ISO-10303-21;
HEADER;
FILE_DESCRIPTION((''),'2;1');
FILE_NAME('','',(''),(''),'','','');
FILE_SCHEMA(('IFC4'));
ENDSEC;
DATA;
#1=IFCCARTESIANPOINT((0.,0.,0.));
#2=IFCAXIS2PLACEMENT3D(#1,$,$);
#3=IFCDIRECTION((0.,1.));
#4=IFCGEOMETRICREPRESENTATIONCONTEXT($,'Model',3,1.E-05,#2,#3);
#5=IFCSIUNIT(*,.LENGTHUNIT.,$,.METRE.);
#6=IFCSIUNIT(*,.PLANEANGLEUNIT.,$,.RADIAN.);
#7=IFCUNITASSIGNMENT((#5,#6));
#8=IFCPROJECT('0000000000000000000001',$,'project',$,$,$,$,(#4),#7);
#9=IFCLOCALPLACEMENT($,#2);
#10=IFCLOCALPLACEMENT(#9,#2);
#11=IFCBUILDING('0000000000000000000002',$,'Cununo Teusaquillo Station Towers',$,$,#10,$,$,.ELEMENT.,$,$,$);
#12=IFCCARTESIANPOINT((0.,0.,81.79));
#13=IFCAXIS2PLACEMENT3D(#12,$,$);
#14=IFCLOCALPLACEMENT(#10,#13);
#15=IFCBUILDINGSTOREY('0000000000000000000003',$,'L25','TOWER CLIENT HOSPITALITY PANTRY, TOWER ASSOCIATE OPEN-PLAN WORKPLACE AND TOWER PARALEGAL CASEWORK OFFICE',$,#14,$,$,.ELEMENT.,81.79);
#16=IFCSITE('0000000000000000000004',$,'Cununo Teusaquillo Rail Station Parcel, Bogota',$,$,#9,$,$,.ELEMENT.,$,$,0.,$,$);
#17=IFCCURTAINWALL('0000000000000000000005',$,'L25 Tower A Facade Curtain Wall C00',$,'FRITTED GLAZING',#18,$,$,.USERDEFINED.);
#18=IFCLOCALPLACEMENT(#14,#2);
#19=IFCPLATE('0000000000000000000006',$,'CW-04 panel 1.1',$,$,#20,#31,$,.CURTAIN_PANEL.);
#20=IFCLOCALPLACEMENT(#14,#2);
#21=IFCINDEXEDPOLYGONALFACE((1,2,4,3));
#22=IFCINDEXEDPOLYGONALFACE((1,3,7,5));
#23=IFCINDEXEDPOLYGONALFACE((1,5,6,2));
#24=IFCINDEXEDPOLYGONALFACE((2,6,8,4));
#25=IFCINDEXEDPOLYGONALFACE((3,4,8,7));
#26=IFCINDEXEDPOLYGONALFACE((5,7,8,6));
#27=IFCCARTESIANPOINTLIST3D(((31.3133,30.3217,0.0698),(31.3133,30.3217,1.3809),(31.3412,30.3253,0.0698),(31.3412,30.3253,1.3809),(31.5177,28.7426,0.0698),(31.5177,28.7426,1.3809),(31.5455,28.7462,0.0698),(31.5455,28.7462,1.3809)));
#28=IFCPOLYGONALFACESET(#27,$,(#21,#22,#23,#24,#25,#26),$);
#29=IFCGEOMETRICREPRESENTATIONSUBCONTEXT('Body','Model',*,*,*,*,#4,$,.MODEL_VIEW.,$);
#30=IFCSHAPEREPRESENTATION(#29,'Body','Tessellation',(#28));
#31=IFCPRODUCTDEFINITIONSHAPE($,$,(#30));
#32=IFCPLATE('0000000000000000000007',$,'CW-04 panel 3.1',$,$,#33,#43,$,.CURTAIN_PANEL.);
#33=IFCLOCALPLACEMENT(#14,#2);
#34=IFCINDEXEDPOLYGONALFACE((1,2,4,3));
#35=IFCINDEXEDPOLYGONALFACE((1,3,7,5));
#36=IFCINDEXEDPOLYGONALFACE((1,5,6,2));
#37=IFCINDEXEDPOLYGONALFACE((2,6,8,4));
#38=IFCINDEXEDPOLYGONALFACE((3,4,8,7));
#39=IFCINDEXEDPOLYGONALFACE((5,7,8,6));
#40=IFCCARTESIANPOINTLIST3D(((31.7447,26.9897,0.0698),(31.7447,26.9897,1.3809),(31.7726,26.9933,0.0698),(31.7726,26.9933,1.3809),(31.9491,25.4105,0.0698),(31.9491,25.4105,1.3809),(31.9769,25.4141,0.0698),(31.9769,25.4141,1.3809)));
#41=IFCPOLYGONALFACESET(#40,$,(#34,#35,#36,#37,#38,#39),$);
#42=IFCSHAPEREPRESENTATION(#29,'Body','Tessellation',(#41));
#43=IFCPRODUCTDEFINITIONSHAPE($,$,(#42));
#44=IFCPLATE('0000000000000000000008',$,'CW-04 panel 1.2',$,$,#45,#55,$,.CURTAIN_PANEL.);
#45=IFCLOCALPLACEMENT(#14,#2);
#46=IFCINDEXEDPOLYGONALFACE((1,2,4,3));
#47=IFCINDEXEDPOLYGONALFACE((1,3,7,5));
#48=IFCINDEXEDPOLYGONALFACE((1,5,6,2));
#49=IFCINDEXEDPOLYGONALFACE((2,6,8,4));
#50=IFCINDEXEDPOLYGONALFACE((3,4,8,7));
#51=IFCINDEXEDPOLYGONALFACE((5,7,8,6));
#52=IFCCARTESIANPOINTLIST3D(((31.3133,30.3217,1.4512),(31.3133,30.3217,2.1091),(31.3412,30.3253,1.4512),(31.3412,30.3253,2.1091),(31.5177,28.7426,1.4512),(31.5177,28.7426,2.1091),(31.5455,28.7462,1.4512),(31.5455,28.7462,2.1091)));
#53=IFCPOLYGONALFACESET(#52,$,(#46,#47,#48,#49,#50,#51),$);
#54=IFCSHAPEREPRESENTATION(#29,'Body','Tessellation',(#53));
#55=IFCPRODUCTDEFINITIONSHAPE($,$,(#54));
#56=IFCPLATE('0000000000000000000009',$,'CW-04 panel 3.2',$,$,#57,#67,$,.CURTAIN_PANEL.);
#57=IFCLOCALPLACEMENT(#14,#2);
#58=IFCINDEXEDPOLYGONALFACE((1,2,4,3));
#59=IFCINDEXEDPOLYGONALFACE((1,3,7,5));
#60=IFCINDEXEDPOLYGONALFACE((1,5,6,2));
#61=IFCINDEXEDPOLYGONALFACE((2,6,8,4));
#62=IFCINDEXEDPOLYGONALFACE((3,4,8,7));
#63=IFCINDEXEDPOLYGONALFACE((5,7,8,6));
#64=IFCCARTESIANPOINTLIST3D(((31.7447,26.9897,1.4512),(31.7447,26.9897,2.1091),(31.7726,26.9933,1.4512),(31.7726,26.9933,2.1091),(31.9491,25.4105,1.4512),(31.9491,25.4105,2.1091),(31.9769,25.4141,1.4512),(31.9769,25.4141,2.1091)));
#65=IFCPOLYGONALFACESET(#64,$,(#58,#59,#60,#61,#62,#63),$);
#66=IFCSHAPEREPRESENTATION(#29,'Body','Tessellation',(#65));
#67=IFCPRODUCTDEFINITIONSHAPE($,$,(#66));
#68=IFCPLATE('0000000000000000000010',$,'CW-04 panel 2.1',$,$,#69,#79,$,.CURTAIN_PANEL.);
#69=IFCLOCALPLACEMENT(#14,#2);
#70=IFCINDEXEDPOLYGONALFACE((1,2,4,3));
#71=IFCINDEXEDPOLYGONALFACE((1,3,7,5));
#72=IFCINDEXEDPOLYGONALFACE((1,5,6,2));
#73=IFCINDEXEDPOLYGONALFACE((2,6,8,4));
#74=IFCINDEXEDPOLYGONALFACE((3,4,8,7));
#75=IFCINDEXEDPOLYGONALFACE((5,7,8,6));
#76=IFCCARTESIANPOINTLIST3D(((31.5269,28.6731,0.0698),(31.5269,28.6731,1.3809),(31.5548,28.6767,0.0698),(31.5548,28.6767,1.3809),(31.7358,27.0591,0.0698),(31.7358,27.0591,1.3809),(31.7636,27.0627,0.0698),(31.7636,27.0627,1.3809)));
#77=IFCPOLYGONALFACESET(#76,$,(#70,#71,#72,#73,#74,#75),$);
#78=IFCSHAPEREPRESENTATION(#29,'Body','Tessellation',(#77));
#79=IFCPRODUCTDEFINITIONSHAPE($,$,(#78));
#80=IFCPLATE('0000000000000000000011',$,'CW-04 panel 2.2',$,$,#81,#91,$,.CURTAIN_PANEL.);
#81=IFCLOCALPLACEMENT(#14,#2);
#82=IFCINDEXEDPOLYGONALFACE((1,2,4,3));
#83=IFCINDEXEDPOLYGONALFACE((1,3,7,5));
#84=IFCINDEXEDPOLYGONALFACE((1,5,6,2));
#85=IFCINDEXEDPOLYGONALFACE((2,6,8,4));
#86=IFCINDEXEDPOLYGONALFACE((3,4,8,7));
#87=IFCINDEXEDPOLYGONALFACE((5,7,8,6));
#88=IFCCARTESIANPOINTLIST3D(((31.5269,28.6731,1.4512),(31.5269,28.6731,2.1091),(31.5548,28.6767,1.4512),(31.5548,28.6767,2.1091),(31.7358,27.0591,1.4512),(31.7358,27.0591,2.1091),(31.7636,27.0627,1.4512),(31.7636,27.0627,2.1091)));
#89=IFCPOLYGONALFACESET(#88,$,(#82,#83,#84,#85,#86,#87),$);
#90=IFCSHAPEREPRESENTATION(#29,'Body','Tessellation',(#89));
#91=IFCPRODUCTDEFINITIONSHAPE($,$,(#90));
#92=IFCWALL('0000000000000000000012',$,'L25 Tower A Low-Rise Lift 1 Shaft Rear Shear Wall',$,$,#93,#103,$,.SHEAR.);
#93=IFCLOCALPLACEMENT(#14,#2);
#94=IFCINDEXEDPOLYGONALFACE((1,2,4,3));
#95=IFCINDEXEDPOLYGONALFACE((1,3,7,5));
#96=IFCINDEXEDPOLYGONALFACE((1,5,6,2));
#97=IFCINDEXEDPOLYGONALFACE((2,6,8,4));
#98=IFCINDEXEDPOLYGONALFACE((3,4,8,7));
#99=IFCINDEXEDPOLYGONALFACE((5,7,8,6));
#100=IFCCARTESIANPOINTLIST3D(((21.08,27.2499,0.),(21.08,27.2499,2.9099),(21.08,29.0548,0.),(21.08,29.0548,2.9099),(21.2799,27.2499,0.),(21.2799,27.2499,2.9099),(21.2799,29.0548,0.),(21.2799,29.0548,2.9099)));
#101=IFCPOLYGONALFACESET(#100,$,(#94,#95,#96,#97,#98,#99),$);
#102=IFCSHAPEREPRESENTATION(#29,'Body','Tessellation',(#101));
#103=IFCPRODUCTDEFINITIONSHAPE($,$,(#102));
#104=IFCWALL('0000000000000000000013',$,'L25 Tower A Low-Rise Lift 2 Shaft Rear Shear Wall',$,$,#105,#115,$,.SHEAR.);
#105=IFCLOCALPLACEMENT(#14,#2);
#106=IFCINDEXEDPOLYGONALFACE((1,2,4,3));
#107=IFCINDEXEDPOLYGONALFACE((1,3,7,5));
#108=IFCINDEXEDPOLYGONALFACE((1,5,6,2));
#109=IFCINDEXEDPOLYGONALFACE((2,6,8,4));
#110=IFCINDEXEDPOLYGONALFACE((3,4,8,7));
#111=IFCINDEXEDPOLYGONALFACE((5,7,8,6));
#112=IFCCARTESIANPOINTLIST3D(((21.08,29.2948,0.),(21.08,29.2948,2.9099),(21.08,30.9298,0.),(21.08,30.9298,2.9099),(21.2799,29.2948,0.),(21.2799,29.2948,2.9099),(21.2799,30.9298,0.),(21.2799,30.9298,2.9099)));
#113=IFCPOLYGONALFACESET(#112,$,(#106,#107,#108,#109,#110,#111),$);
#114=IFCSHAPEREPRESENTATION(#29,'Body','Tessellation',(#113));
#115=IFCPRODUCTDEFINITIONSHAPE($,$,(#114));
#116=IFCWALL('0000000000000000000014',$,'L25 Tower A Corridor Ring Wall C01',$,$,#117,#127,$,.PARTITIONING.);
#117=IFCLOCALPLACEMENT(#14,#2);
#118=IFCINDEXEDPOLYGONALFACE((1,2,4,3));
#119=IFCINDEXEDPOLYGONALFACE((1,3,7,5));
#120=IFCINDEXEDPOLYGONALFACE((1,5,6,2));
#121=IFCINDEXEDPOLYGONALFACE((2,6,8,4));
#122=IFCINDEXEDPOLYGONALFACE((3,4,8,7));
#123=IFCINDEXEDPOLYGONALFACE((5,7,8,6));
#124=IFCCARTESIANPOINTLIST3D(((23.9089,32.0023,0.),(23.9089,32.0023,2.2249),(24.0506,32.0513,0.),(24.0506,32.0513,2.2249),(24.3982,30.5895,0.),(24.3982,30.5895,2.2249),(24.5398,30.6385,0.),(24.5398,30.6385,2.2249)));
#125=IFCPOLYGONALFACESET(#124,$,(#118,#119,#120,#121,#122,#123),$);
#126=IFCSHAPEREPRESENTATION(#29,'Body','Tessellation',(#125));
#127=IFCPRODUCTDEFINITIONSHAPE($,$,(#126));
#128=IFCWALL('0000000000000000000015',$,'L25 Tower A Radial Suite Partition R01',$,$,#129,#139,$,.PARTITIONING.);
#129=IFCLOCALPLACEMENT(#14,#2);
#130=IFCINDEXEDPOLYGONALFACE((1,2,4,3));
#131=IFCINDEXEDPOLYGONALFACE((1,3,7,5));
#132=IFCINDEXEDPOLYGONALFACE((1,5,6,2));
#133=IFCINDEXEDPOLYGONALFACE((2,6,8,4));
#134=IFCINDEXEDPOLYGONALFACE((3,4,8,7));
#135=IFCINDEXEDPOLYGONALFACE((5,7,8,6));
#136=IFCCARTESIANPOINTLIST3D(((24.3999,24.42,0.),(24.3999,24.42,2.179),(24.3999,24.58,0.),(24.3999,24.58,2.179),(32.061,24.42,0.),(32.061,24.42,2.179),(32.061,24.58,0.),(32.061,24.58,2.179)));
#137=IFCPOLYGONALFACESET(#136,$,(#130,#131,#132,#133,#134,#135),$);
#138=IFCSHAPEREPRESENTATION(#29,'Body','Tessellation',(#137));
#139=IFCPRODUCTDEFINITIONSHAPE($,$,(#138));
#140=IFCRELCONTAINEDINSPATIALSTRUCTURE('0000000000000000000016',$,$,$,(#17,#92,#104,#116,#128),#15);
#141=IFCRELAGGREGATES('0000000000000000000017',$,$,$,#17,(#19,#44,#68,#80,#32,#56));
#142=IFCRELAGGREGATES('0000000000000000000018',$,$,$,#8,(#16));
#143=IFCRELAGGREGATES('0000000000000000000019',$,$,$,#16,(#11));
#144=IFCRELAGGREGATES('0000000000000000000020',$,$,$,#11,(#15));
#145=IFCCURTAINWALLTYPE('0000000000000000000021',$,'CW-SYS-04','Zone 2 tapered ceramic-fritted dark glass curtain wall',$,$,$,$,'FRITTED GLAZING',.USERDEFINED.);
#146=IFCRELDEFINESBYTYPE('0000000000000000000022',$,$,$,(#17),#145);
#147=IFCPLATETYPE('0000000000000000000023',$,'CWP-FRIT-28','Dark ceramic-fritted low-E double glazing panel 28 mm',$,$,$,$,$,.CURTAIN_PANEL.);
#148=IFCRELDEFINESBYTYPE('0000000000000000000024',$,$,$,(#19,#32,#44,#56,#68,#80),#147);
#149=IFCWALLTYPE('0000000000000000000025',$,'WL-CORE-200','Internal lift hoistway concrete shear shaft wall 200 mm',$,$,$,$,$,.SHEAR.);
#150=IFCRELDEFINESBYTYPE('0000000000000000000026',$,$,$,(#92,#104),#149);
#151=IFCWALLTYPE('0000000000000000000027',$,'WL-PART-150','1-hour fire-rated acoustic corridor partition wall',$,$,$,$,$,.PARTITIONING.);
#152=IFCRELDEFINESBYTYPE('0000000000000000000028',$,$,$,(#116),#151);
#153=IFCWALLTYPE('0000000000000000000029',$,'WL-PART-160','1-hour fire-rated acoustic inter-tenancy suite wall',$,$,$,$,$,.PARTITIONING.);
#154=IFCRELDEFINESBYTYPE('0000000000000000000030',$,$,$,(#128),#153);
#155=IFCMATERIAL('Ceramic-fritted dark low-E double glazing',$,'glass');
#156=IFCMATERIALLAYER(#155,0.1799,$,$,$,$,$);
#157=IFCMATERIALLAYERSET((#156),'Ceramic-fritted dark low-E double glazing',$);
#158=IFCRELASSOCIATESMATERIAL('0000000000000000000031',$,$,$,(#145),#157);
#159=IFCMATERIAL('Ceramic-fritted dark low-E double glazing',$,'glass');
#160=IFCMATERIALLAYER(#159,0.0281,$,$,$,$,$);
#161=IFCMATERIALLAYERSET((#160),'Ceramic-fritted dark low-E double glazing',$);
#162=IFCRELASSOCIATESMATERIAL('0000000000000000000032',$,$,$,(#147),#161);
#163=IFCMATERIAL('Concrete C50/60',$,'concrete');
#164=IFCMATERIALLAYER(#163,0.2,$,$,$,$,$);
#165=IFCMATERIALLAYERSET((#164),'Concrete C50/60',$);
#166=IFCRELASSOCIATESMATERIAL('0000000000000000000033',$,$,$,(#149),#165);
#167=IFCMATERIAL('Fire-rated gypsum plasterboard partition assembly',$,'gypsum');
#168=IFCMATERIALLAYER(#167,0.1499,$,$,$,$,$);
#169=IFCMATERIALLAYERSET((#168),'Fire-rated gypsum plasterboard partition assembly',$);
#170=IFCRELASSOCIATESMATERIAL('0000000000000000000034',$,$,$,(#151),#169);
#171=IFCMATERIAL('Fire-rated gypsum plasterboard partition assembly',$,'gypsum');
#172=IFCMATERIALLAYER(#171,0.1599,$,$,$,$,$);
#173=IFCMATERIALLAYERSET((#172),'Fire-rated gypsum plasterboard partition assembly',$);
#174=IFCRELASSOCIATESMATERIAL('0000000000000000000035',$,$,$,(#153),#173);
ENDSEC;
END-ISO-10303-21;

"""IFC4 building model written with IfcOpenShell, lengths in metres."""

from ifc_helpers import new_model, si_unit, direction, frame, frame_2d, origin, origin_2d, place, context, subcontext, project, spatial, rectangle, extrude, source, transform, mapped, material, layer, layer_set, type_object, element, aggregate, save


model = new_model("IFC4")

# Units and contexts
model_context = context("Model", 3, precision=1e-05, world=origin(), true_north=direction((0.0, 1.0)))
body_context = subcontext(model_context, "Body", "Model", "MODEL_VIEW")
ifc_project = project(units=[si_unit("LENGTHUNIT", "METRE"), si_unit("PLANEANGLEUNIT", "RADIAN")], contexts=[model_context])

# Site, building, storey
site_placement = place(None, origin())
site = spatial("IfcSite", under=ifc_project, at=site_placement, Name="Cununo Teusaquillo Rail Station Parcel, Bogota", CompositionType="ELEMENT", RefElevation=0.0)
building_placement = place(site_placement, origin())
building = spatial("IfcBuilding", under=site, at=building_placement, Name="Cununo Teusaquillo Station Towers", CompositionType="ELEMENT")
storey_placement = place(building_placement, frame((0.0, 0.0, 81.79)))
storey = spatial("IfcBuildingStorey", under=building, at=storey_placement, Name="L25", Description="TOWER CLIENT HOSPITALITY PANTRY, TOWER ASSOCIATE OPEN-PLAN WORKPLACE AND TOWER PARALEGAL CASEWORK OFFICE", CompositionType="ELEMENT", Elevation=81.79)

# Curtain wall, plates
ifc_material_1 = material(Name="Ceramic-fritted dark low-E double glazing", Category="glass")
ifc_layer_1 = layer(ifc_material_1, 0.1799)
ifc_layer_set_1 = layer_set([ifc_layer_1], Name="Ceramic-fritted dark low-E double glazing")
curtain_wall_type = type_object("IfcCurtainWallType", Name="CW-SYS-04", Description="Zone 2 tapered ceramic-fritted dark glass curtain wall", ElementType="FRITTED GLAZING", PredefinedType="USERDEFINED", material=ifc_layer_set_1)
curtain_wall_placement = place(storey_placement, origin())
curtain_wall = element("IfcCurtainWall", 1, at=curtain_wall_placement, inside=storey, type_object=curtain_wall_type, Name="L25 Tower A Facade Curtain Wall C00", ObjectType="FRITTED GLAZING", PredefinedType="USERDEFINED")
ifc_material_2 = material(Name="Ceramic-fritted dark low-E double glazing", Category="glass")
ifc_layer_2 = layer(ifc_material_2, 0.0281)
ifc_layer_set_2 = layer_set([ifc_layer_2], Name="Ceramic-fritted dark low-E double glazing")
plate_type = type_object("IfcPlateType", Name="CWP-FRIT-28", Description="Dark ceramic-fritted low-E double glazing panel 28 mm", PredefinedType="CURTAIN_PANEL", material=ifc_layer_set_2)
shared_shape_1 = source(origin(), body_context, "Body", "SweptSolid", [
    extrude(rectangle(XDim=1.5923, YDim=0.0281, at=origin_2d()), origin(), (0.0, 0.0, 1.0), 1.311),
])
plate_1_placement = place(storey_placement, frame((31.4294, 29.5339, 0.0698), z_axis=(0.0, 0.0, 1.0), x_axis=(0.128336, -0.991731, 0.0)))
plate_1 = element("IfcPlate", 2, at=plate_1_placement, type_object=plate_type, Name="CW-04 panel 1.1", PredefinedType="CURTAIN_PANEL", context=body_context, shape_type="MappedRepresentation", body=[
    mapped(shared_shape_1, transform((0.0, 0.0, 0.0), x_axis=(1.0, 0.0, 0.0), y_axis=(0.0, 1.0, 0.0), z_axis=(0.0, 0.0, 1.0), scale=1.0)),
])
plate_2_placement = place(storey_placement, frame((31.8608, 26.2019, 0.0698), z_axis=(0.0, 0.0, 1.0), x_axis=(0.128336, -0.991731, 0.0)))
plate_2 = element("IfcPlate", 3, at=plate_2_placement, type_object=plate_type, Name="CW-04 panel 3.1", PredefinedType="CURTAIN_PANEL", context=body_context, shape_type="MappedRepresentation", body=[
    mapped(shared_shape_1, transform((0.0, 0.0, 0.0), x_axis=(1.0, 0.0, 0.0), y_axis=(0.0, 1.0, 0.0), z_axis=(0.0, 0.0, 1.0), scale=1.0)),
])
shared_shape_2 = source(origin(), body_context, "Body", "SweptSolid", [
    extrude(rectangle(XDim=1.5923, YDim=0.0281, at=origin_2d()), origin(), (0.0, 0.0, 1.0), 0.658),
])
plate_3_placement = place(storey_placement, frame((31.4294, 29.5339, 1.4512), z_axis=(0.0, 0.0, 1.0), x_axis=(0.128336, -0.991731, 0.0)))
plate_3 = element("IfcPlate", 4, at=plate_3_placement, type_object=plate_type, Name="CW-04 panel 1.2", PredefinedType="CURTAIN_PANEL", context=body_context, shape_type="MappedRepresentation", body=[
    mapped(shared_shape_2, transform((0.0, 0.0, 0.0), x_axis=(1.0, 0.0, 0.0), y_axis=(0.0, 1.0, 0.0), z_axis=(0.0, 0.0, 1.0), scale=1.0)),
])
plate_4_placement = place(storey_placement, frame((31.8608, 26.2019, 1.4512), z_axis=(0.0, 0.0, 1.0), x_axis=(0.128336, -0.991731, 0.0)))
plate_4 = element("IfcPlate", 5, at=plate_4_placement, type_object=plate_type, Name="CW-04 panel 3.2", PredefinedType="CURTAIN_PANEL", context=body_context, shape_type="MappedRepresentation", body=[
    mapped(shared_shape_2, transform((0.0, 0.0, 0.0), x_axis=(1.0, 0.0, 0.0), y_axis=(0.0, 1.0, 0.0), z_axis=(0.0, 0.0, 1.0), scale=1.0)),
])
shared_shape_3 = source(origin(), body_context, "Body", "SweptSolid", [
    extrude(rectangle(XDim=1.6274, YDim=0.0281, at=origin_2d()), origin(), (0.0, 0.0, 1.0), 1.311),
])
plate_5_placement = place(storey_placement, frame((31.6453, 27.8679, 0.0698), z_axis=(0.0, 0.0, 1.0), x_axis=(0.128336, -0.991731, 0.0)))
plate_5 = element("IfcPlate", 6, at=plate_5_placement, type_object=plate_type, Name="CW-04 panel 2.1", PredefinedType="CURTAIN_PANEL", context=body_context, shape_type="MappedRepresentation", body=[
    mapped(shared_shape_3, transform((0.0, 0.0, 0.0), x_axis=(1.0, 0.0, 0.0), y_axis=(0.0, 1.0, 0.0), z_axis=(0.0, 0.0, 1.0), scale=1.0)),
])
shared_shape_4 = source(origin(), body_context, "Body", "SweptSolid", [
    extrude(rectangle(XDim=1.6274, YDim=0.0281, at=origin_2d()), origin(), (0.0, 0.0, 1.0), 0.658),
])
plate_6_placement = place(storey_placement, frame((31.6453, 27.8679, 1.4512), z_axis=(0.0, 0.0, 1.0), x_axis=(0.128336, -0.991731, 0.0)))
plate_6 = element("IfcPlate", 7, at=plate_6_placement, type_object=plate_type, Name="CW-04 panel 2.2", PredefinedType="CURTAIN_PANEL", context=body_context, shape_type="MappedRepresentation", body=[
    mapped(shared_shape_4, transform((0.0, 0.0, 0.0), x_axis=(1.0, 0.0, 0.0), y_axis=(0.0, 1.0, 0.0), z_axis=(0.0, 0.0, 1.0), scale=1.0)),
])
aggregate(curtain_wall, [plate_1, plate_3, plate_5, plate_6, plate_2, plate_4])

# Walls
ifc_material_3 = material(Name="Concrete C50/60", Category="concrete")
ifc_layer_3 = layer(ifc_material_3, 0.2)
ifc_layer_set_3 = layer_set([ifc_layer_3], Name="Concrete C50/60")
wall_type_1 = type_object("IfcWallType", Name="WL-CORE-200", Description="Internal lift hoistway concrete shear shaft wall 200 mm", PredefinedType="SHEAR", material=ifc_layer_set_3)
wall_1_placement = place(storey_placement, frame((21.1799, 27.25, 0.0), z_axis=(0.0, 0.0, 1.0), x_axis=(0.0, 1.0, 0.0)))
element("IfcWall", 8, at=wall_1_placement, inside=storey, type_object=wall_type_1, Name="L25 Tower A Low-Rise Lift 1 Shaft Rear Shear Wall", PredefinedType="SHEAR", context=body_context, shape_type="SweptSolid", body=[
    extrude(rectangle(XDim=1.8049, YDim=0.2, at=frame_2d((0.9023, 0.0))), origin(), (0.0, 0.0, 1.0), 2.9099),
])
wall_2_placement = place(storey_placement, frame((21.1799, 29.2949, 0.0), z_axis=(0.0, 0.0, 1.0), x_axis=(0.0, 1.0, 0.0)))
element("IfcWall", 9, at=wall_2_placement, inside=storey, type_object=wall_type_1, Name="L25 Tower A Low-Rise Lift 2 Shaft Rear Shear Wall", PredefinedType="SHEAR", context=body_context, shape_type="SweptSolid", body=[
    extrude(rectangle(XDim=1.635, YDim=0.2, at=frame_2d((0.8174, 0.0))), origin(), (0.0, 0.0, 1.0), 2.9099),
])
ifc_material_4 = material(Name="Fire-rated gypsum plasterboard partition assembly", Category="gypsum")
ifc_layer_4 = layer(ifc_material_4, 0.1499)
ifc_layer_set_4 = layer_set([ifc_layer_4], Name="Fire-rated gypsum plasterboard partition assembly")
wall_type_2 = type_object("IfcWallType", Name="WL-PART-150", Description="1-hour fire-rated acoustic corridor partition wall", PredefinedType="PARTITIONING", material=ifc_layer_set_4)
wall_3_placement = place(storey_placement, frame((24.469, 30.614, 0.0), z_axis=(0.0, 0.0, 1.0), x_axis=(-0.327228, 0.944945, 0.0)))
element("IfcWall", 10, at=wall_3_placement, inside=storey, type_object=wall_type_2, Name="L25 Tower A Corridor Ring Wall C01", PredefinedType="PARTITIONING", context=body_context, shape_type="SweptSolid", body=[
    extrude(rectangle(XDim=1.4951, YDim=0.1499, at=frame_2d((0.7476, 0.0))), origin(), (0.0, 0.0, 1.0), 2.2249),
])
ifc_material_5 = material(Name="Fire-rated gypsum plasterboard partition assembly", Category="gypsum")
ifc_layer_5 = layer(ifc_material_5, 0.1599)
ifc_layer_set_5 = layer_set([ifc_layer_5], Name="Fire-rated gypsum plasterboard partition assembly")
wall_type_3 = type_object("IfcWallType", Name="WL-PART-160", Description="1-hour fire-rated acoustic inter-tenancy suite wall", PredefinedType="PARTITIONING", material=ifc_layer_set_5)
wall_4_placement = place(storey_placement, frame((24.3999, 24.5, 0.0), z_axis=(0.0, 0.0, 1.0), x_axis=(1.0, 0.0, 0.0)))
element("IfcWall", 11, at=wall_4_placement, inside=storey, type_object=wall_type_3, Name="L25 Tower A Radial Suite Partition R01", PredefinedType="PARTITIONING", context=body_context, shape_type="SweptSolid", body=[
    extrude(rectangle(XDim=7.6611, YDim=0.1599, at=frame_2d((3.8306, 0.0))), origin(), (0.0, 0.0, 1.0), 2.179),
])

save(model, "model.ifc")
